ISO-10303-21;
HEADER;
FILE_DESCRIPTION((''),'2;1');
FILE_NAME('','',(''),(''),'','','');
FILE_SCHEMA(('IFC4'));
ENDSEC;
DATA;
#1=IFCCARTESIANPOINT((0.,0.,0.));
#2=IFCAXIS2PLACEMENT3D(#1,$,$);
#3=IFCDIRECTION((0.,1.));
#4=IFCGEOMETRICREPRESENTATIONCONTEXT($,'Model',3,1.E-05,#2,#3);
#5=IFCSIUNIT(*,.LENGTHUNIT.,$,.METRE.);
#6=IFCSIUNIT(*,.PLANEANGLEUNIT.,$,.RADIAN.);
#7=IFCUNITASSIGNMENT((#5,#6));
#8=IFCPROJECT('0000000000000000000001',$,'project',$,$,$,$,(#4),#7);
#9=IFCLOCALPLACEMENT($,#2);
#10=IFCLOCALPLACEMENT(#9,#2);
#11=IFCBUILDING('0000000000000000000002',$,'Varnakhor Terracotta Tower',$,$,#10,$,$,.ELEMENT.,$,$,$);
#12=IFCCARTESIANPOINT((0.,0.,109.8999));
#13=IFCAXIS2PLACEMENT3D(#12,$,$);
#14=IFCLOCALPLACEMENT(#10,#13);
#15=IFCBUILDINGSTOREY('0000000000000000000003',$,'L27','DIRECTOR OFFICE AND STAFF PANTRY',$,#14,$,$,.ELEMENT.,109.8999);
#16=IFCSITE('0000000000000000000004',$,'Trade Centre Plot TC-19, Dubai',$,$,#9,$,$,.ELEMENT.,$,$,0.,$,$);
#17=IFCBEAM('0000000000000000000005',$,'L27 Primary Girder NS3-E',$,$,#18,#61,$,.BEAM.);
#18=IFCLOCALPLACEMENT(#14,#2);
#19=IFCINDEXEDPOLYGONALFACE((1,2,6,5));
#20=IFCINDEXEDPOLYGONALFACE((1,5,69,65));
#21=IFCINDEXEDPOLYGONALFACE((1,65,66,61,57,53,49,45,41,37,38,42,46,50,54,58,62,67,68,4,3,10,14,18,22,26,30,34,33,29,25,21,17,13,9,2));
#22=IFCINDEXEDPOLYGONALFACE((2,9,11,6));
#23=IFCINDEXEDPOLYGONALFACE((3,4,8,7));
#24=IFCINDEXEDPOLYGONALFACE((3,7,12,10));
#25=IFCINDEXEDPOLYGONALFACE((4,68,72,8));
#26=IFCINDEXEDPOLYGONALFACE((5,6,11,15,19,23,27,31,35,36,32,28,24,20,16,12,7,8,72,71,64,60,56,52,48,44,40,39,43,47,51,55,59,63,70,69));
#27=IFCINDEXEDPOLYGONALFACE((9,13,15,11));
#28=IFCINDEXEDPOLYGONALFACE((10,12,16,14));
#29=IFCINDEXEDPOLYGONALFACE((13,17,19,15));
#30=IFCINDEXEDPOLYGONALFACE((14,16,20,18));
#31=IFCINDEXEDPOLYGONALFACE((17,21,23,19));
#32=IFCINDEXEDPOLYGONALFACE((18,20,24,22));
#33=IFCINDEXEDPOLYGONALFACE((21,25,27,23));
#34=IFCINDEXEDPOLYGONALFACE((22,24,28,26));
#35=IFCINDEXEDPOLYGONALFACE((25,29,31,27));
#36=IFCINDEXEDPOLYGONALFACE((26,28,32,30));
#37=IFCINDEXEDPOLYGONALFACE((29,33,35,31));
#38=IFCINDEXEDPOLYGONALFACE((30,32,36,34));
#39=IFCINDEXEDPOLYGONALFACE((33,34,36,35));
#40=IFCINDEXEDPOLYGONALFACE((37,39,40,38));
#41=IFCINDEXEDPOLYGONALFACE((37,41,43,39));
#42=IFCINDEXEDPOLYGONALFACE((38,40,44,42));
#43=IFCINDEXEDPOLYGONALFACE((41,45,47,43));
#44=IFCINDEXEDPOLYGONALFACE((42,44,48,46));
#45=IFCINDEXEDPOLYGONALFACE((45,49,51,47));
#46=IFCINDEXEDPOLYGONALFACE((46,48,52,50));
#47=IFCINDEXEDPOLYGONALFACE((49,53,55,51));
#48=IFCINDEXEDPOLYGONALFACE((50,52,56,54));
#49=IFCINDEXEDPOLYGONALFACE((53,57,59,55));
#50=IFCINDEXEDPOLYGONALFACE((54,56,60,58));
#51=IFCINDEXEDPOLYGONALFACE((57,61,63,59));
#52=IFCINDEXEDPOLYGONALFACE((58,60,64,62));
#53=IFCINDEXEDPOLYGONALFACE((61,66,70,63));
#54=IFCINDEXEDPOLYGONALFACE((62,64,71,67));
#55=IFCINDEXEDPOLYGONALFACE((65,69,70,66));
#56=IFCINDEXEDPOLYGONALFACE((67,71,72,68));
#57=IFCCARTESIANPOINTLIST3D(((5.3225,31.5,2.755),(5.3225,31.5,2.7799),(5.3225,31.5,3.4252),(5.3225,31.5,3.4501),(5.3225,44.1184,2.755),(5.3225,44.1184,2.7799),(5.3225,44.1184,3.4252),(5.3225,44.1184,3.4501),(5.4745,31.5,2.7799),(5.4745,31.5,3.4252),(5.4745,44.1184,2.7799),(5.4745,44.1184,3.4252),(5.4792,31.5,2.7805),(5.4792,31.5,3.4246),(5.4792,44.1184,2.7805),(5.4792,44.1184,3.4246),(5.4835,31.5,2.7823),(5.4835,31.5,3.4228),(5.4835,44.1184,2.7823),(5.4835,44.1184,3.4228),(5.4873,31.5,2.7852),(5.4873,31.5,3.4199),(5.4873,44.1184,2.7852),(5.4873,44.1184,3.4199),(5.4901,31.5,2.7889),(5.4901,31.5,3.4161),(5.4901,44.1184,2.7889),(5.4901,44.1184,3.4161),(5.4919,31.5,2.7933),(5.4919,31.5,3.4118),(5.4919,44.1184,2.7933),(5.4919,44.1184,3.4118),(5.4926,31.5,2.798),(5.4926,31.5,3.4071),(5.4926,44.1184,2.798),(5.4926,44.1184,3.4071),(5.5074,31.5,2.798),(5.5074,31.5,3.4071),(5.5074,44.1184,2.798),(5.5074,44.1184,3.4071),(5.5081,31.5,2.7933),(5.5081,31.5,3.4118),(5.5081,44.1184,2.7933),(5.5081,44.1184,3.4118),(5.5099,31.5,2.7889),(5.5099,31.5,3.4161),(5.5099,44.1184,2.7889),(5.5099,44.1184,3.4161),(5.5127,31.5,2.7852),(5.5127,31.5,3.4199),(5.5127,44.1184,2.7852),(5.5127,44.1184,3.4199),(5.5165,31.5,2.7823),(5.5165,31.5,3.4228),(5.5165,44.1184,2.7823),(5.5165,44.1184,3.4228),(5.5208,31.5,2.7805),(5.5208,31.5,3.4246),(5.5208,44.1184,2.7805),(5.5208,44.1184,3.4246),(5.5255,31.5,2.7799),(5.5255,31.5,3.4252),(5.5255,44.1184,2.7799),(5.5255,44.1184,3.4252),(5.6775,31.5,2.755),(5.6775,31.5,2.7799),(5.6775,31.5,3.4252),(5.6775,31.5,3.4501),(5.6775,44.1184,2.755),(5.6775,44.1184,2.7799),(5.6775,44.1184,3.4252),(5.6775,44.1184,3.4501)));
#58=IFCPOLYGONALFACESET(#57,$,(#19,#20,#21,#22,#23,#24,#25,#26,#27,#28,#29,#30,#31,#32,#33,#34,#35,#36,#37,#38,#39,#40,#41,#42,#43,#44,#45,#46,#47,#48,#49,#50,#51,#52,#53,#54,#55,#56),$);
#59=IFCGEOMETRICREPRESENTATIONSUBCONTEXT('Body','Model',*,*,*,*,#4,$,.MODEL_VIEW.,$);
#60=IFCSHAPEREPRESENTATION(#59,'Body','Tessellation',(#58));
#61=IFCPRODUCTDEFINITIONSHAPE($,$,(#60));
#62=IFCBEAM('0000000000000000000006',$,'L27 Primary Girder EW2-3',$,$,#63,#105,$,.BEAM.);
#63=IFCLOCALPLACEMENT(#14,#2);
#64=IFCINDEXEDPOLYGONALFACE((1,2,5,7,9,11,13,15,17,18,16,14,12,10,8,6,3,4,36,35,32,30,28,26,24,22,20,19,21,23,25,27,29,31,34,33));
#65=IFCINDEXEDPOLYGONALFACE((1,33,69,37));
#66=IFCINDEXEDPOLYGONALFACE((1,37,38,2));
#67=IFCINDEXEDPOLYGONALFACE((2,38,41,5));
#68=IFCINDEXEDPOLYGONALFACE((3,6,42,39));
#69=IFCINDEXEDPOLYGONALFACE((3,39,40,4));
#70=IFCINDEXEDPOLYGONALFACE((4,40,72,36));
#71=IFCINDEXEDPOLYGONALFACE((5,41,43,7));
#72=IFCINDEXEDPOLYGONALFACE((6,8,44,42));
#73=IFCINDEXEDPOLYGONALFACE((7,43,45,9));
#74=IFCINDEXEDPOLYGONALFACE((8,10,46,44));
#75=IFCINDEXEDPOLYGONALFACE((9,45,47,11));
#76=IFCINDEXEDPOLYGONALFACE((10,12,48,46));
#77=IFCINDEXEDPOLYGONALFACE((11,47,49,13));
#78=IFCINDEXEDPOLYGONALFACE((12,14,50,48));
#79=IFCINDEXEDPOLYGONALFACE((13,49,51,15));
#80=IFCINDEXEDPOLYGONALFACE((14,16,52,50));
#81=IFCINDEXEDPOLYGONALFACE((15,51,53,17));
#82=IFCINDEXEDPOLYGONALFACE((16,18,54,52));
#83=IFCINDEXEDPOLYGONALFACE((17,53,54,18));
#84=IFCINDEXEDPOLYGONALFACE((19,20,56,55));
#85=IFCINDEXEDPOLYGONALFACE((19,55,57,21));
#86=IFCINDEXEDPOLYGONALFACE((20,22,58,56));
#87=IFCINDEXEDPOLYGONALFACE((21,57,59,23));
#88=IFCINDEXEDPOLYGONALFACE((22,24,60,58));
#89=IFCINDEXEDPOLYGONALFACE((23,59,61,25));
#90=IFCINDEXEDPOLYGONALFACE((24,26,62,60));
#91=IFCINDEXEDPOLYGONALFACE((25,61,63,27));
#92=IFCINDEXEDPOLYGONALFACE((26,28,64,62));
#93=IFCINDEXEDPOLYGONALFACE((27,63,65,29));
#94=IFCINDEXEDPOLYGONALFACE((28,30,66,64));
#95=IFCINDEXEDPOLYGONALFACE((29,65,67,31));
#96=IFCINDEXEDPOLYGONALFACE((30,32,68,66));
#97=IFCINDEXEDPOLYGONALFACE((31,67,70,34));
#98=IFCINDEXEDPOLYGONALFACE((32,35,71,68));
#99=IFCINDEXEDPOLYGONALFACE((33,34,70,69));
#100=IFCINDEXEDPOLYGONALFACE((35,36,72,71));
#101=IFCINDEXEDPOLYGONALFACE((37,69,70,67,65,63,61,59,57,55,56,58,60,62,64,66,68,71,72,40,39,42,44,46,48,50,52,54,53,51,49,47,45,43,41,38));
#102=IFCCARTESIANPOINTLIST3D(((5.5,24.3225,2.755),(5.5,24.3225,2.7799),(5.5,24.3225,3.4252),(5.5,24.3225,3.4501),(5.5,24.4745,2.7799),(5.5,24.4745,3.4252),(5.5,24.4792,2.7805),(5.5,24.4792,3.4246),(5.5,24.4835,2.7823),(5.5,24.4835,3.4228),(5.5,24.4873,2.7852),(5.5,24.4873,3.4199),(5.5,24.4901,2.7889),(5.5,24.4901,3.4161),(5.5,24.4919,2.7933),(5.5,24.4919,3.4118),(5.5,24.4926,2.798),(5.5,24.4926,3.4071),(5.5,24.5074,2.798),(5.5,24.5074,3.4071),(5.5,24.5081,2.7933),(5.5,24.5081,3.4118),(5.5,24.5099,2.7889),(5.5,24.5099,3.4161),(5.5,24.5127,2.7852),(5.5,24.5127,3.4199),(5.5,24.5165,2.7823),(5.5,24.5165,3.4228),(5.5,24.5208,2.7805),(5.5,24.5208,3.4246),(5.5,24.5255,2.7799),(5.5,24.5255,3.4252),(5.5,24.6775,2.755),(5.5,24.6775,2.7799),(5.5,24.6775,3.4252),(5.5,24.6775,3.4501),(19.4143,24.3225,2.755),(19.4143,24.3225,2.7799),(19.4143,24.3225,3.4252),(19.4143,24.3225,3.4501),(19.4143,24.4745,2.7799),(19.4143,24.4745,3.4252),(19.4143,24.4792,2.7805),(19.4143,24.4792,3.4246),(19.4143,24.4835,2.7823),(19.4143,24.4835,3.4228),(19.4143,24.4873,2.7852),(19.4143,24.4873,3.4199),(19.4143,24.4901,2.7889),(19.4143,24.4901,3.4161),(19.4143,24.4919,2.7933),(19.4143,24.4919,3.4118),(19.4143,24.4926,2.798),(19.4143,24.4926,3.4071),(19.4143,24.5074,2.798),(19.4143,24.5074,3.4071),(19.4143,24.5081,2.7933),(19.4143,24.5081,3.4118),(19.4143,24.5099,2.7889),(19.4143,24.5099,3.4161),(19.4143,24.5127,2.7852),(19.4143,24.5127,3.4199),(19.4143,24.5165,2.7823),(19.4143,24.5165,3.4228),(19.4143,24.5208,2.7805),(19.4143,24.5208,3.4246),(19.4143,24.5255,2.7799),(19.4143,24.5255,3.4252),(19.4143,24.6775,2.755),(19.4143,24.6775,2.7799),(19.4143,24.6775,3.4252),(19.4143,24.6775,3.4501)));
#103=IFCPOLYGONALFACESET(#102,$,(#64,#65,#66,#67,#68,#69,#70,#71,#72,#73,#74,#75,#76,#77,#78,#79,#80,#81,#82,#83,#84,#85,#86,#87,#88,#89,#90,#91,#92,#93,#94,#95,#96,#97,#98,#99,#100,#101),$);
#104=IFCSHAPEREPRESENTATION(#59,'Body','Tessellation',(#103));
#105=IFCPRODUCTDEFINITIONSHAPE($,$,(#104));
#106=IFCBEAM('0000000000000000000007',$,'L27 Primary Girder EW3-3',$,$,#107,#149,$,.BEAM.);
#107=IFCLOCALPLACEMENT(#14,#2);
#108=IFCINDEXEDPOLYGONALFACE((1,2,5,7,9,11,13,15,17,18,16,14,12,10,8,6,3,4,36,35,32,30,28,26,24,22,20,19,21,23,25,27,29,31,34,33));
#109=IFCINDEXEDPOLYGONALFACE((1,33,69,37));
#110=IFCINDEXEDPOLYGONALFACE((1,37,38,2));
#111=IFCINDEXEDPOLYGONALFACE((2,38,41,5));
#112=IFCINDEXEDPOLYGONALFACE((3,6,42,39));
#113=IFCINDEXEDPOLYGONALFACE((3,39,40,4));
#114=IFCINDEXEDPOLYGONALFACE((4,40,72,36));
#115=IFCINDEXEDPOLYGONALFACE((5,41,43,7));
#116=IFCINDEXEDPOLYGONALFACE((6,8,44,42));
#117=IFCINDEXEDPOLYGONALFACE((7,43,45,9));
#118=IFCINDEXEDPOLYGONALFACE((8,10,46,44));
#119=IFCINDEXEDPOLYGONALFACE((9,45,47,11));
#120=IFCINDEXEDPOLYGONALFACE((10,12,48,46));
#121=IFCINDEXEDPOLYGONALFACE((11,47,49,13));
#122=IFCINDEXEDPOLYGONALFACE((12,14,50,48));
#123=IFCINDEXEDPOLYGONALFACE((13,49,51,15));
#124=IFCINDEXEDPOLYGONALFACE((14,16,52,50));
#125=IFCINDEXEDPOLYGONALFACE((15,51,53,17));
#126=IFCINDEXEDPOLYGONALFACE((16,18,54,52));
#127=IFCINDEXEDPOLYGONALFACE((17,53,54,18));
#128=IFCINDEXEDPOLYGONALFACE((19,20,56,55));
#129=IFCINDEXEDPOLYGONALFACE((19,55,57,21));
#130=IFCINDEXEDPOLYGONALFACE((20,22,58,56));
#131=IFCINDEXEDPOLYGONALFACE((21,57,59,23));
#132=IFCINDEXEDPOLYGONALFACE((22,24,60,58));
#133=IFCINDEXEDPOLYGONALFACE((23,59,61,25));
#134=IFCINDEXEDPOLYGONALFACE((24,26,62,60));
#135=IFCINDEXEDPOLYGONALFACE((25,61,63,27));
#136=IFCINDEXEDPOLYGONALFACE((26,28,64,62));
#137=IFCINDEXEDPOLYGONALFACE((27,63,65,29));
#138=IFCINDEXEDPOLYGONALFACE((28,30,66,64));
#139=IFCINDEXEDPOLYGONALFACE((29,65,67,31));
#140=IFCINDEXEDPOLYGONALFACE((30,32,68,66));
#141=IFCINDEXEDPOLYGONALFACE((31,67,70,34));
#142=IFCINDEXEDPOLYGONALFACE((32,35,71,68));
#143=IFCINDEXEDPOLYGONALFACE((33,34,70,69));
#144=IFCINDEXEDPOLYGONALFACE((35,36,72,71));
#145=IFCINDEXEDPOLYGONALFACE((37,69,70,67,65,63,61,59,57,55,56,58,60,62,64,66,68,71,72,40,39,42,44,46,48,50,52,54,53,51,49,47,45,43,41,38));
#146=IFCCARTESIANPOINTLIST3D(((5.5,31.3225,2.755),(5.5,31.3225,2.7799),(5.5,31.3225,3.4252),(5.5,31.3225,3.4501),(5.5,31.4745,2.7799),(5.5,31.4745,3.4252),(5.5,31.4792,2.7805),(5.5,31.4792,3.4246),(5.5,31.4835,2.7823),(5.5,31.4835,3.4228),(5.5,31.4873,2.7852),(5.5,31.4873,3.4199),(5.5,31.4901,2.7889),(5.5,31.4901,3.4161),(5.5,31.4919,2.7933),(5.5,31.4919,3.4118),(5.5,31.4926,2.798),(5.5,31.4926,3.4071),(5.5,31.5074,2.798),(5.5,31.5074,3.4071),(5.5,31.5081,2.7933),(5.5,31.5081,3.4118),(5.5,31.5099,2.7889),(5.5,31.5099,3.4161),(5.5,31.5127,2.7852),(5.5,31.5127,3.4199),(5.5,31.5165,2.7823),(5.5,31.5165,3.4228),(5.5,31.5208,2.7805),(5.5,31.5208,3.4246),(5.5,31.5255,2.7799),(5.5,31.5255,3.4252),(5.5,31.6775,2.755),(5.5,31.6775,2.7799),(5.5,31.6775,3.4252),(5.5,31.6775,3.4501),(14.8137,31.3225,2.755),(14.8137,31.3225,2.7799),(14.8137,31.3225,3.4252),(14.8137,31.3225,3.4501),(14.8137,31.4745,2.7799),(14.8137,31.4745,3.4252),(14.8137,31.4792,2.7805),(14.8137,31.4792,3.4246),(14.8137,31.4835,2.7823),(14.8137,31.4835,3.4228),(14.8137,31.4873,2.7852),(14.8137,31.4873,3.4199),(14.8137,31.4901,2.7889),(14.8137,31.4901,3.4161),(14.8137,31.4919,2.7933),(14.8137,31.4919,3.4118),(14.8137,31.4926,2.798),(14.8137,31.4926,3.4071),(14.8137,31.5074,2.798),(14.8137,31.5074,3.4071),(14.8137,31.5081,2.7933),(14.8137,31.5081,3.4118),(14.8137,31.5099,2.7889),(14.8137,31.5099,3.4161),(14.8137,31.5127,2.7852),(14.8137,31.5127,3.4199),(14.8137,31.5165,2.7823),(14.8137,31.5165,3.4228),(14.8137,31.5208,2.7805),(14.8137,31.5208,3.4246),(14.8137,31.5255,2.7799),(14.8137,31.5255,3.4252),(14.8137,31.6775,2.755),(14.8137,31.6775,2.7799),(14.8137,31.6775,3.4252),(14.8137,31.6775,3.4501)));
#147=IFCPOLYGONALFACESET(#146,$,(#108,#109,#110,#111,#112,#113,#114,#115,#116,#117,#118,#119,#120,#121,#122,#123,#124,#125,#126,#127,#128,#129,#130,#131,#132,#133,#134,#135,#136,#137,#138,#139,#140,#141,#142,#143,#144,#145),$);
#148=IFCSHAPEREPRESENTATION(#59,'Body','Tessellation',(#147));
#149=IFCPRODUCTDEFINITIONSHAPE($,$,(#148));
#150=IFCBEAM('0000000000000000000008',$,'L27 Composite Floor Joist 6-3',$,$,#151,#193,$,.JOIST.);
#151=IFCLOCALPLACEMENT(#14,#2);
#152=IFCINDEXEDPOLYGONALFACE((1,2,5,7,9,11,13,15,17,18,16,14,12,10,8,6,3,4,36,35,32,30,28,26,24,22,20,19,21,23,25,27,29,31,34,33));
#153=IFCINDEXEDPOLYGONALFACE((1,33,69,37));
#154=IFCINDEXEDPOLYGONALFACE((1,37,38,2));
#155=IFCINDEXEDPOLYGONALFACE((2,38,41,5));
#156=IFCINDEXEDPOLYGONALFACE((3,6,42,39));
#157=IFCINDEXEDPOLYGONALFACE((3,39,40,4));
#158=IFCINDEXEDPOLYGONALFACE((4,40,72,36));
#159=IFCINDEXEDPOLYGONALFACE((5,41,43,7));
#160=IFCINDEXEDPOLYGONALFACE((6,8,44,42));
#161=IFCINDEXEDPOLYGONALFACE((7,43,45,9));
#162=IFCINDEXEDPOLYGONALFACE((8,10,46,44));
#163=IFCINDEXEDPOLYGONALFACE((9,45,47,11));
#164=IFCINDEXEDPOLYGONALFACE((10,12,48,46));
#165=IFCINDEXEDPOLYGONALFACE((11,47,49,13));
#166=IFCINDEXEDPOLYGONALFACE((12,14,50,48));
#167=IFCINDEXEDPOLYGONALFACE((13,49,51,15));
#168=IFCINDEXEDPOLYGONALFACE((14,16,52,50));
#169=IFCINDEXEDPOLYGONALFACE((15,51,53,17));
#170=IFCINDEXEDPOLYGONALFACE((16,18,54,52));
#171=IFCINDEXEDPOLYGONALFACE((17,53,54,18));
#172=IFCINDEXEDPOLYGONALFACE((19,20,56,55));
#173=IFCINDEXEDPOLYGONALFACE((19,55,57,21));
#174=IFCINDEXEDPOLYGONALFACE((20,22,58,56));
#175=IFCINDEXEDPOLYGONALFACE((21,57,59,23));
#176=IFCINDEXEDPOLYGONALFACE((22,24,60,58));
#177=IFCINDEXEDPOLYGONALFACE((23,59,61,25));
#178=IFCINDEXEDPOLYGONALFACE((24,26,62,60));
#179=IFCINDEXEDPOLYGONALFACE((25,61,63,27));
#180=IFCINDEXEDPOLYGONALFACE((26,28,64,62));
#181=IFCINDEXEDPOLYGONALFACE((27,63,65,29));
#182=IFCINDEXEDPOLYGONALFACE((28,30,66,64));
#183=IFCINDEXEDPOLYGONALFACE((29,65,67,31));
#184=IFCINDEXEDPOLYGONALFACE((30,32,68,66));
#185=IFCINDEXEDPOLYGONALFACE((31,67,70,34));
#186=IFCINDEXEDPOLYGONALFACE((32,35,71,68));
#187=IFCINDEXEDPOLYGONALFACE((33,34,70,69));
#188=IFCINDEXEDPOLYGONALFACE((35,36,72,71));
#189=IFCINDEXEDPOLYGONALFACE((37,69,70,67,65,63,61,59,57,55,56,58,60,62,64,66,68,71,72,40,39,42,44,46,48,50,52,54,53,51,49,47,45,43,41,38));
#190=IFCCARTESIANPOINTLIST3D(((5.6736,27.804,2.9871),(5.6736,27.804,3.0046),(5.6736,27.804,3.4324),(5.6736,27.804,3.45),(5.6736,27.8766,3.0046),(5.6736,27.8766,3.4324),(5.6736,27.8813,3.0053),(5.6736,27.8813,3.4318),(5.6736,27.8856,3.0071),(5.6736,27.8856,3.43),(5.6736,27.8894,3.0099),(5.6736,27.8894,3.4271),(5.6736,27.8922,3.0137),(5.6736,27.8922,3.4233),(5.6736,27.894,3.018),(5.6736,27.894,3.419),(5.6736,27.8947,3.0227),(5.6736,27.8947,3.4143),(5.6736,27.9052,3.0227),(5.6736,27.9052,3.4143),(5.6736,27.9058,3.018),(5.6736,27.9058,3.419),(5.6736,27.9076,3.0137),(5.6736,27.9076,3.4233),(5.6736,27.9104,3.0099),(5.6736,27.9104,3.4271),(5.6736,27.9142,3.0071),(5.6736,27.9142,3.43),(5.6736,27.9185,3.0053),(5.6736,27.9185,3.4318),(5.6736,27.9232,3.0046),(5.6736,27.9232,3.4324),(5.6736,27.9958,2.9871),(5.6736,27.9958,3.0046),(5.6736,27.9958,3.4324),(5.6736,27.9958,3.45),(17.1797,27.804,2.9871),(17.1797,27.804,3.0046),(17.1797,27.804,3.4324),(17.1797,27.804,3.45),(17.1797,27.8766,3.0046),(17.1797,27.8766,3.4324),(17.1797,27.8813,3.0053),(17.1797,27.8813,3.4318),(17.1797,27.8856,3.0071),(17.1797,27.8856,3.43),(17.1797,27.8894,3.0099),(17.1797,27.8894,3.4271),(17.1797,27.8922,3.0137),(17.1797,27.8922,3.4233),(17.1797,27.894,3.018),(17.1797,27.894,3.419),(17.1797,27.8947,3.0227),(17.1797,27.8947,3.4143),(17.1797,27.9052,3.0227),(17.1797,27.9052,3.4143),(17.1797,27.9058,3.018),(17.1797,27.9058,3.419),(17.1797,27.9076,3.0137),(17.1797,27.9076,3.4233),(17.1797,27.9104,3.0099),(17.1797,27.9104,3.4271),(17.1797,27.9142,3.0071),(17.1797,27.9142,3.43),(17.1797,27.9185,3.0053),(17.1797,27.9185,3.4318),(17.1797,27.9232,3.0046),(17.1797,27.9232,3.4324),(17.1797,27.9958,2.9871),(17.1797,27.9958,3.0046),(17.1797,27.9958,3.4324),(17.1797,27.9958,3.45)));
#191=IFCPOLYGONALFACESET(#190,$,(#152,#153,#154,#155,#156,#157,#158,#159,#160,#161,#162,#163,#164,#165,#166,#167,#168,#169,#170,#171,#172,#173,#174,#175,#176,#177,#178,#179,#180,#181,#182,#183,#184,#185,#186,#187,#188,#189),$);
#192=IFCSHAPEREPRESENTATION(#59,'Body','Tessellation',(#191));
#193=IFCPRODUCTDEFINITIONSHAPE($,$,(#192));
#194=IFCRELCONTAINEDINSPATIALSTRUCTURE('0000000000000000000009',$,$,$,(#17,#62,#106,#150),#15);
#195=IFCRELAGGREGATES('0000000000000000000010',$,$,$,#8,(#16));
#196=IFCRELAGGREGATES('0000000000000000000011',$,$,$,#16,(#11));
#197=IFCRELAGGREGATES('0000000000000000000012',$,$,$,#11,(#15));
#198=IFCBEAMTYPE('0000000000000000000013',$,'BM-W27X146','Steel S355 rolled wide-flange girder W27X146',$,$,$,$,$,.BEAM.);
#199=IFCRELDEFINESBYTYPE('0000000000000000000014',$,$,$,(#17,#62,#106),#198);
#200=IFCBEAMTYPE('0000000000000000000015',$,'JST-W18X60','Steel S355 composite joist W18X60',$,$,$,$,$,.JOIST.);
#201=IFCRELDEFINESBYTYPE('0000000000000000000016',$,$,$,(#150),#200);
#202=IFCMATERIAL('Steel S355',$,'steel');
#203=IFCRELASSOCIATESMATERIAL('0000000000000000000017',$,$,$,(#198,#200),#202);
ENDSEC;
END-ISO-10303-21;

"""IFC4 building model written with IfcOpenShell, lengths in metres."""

from ifc_helpers import new_model, si_unit, direction, frame, origin, origin_2d, place, context, subcontext, project, spatial, i_section, extrude, source, transform, mapped, material, material_profile, profile_set, type_object, element, save


model = new_model("IFC4")

# Units and contexts
model_context = context("Model", 3, precision=1e-05, world=origin(), true_north=direction((0.0, 1.0)))
body_context = subcontext(model_context, "Body", "Model", "MODEL_VIEW")
ifc_project = project(units=[si_unit("LENGTHUNIT", "METRE"), si_unit("PLANEANGLEUNIT", "RADIAN")], contexts=[model_context])

# Site, building, storey
site_placement = place(None, origin())
site = spatial("IfcSite", under=ifc_project, at=site_placement, Name="Trade Centre Plot TC-19, Dubai", CompositionType="ELEMENT", RefElevation=0.0)
building_placement = place(site_placement, origin())
building = spatial("IfcBuilding", under=site, at=building_placement, Name="Varnakhor Terracotta Tower", CompositionType="ELEMENT")
storey_placement = place(building_placement, frame((0.0, 0.0, 109.8999)))
storey = spatial("IfcBuildingStorey", under=building, at=storey_placement, Name="L27", Description="DIRECTOR OFFICE AND STAFF PANTRY", CompositionType="ELEMENT", Elevation=109.8999)

# Beams
ifc_material_1 = material(Name="Steel S355", Category="steel")
ifc_material_profile_1 = material_profile(ifc_material_1, i_section(OverallWidth=0.355, OverallDepth=0.6951, WebThickness=0.0149, FlangeThickness=0.0249, FilletRadius=0.0181, at=origin_2d()), Name="W27X146")
ifc_profile_set_1 = profile_set([ifc_material_profile_1], Name="Steel S355")
beam_type_1 = type_object("IfcBeamType", Name="BM-W27X146", Description="Steel S355 rolled wide-flange girder W27X146", PredefinedType="BEAM", material=ifc_profile_set_1)
shared_shape_1 = source(origin(), body_context, "Body", "SweptSolid", [
    extrude(i_section(OverallWidth=0.355, OverallDepth=0.6951, WebThickness=0.0149, FlangeThickness=0.0249, FilletRadius=0.0181, at=origin_2d()), origin(), (0.0, 0.0, 1.0), 12.6184),
])
beam_1_placement = place(storey_placement, frame((5.5, 31.5, 3.1025), z_axis=(0.0, 1.0, 0.0), x_axis=(-1.0, 0.0, 0.0)))
element("IfcBeam", 1, at=beam_1_placement, inside=storey, type_object=beam_type_1, Name="L27 Primary Girder NS3-E", PredefinedType="BEAM", context=body_context, shape_type="MappedRepresentation", body=[
    mapped(shared_shape_1, transform((0.0, 0.0, 0.0), scale=1.0)),
])
shared_shape_2 = source(origin(), body_context, "Body", "SweptSolid", [
    extrude(i_section(OverallWidth=0.355, OverallDepth=0.6951, WebThickness=0.0149, FlangeThickness=0.0249, FilletRadius=0.0181, at=origin_2d()), origin(), (0.0, 0.0, 1.0), 13.9143),
])
beam_2_placement = place(storey_placement, frame((5.5, 24.5, 3.1025), z_axis=(1.0, 0.0, 0.0), x_axis=(0.0, 1.0, 0.0)))
element("IfcBeam", 2, at=beam_2_placement, inside=storey, type_object=beam_type_1, Name="L27 Primary Girder EW2-3", PredefinedType="BEAM", context=body_context, shape_type="MappedRepresentation", body=[
    mapped(shared_shape_2, transform((0.0, 0.0, 0.0), scale=1.0)),
])
shared_shape_3 = source(origin(), body_context, "Body", "SweptSolid", [
    extrude(i_section(OverallWidth=0.355, OverallDepth=0.6951, WebThickness=0.0149, FlangeThickness=0.0249, FilletRadius=0.0181, at=origin_2d()), origin(), (0.0, 0.0, 1.0), 9.3137),
])
beam_3_placement = place(storey_placement, frame((5.5, 31.5, 3.1025), z_axis=(1.0, 0.0, 0.0), x_axis=(0.0, 1.0, 0.0)))
element("IfcBeam", 3, at=beam_3_placement, inside=storey, type_object=beam_type_1, Name="L27 Primary Girder EW3-3", PredefinedType="BEAM", context=body_context, shape_type="MappedRepresentation", body=[
    mapped(shared_shape_3, transform((0.0, 0.0, 0.0), scale=1.0)),
])
ifc_material_profile_2 = material_profile(ifc_material_1, i_section(OverallWidth=0.1919, OverallDepth=0.4629, WebThickness=0.0105, FlangeThickness=0.0176, FilletRadius=0.0181, at=origin_2d()), Name="W18X60")
ifc_profile_set_2 = profile_set([ifc_material_profile_2], Name="Steel S355")
beam_type_2 = type_object("IfcBeamType", Name="JST-W18X60", Description="Steel S355 composite joist W18X60", PredefinedType="JOIST", material=ifc_profile_set_2)
shared_shape_4 = source(origin(), body_context, "Body", "SweptSolid", [
    extrude(i_section(OverallWidth=0.1919, OverallDepth=0.4629, WebThickness=0.0105, FlangeThickness=0.0176, FilletRadius=0.0181, at=origin_2d()), origin(), (0.0, 0.0, 1.0), 11.5061),
])
beam_4_placement = place(storey_placement, frame((5.6736, 27.8999, 3.2185), z_axis=(1.0, 0.0, 0.0), x_axis=(0.0, 1.0, 0.0)))
element("IfcBeam", 4, at=beam_4_placement, inside=storey, type_object=beam_type_2, Name="L27 Composite Floor Joist 6-3", PredefinedType="JOIST", context=body_context, shape_type="MappedRepresentation", body=[
    mapped(shared_shape_4, transform((0.0, 0.0, 0.0), scale=1.0)),
])

save(model, "model.ifc")
